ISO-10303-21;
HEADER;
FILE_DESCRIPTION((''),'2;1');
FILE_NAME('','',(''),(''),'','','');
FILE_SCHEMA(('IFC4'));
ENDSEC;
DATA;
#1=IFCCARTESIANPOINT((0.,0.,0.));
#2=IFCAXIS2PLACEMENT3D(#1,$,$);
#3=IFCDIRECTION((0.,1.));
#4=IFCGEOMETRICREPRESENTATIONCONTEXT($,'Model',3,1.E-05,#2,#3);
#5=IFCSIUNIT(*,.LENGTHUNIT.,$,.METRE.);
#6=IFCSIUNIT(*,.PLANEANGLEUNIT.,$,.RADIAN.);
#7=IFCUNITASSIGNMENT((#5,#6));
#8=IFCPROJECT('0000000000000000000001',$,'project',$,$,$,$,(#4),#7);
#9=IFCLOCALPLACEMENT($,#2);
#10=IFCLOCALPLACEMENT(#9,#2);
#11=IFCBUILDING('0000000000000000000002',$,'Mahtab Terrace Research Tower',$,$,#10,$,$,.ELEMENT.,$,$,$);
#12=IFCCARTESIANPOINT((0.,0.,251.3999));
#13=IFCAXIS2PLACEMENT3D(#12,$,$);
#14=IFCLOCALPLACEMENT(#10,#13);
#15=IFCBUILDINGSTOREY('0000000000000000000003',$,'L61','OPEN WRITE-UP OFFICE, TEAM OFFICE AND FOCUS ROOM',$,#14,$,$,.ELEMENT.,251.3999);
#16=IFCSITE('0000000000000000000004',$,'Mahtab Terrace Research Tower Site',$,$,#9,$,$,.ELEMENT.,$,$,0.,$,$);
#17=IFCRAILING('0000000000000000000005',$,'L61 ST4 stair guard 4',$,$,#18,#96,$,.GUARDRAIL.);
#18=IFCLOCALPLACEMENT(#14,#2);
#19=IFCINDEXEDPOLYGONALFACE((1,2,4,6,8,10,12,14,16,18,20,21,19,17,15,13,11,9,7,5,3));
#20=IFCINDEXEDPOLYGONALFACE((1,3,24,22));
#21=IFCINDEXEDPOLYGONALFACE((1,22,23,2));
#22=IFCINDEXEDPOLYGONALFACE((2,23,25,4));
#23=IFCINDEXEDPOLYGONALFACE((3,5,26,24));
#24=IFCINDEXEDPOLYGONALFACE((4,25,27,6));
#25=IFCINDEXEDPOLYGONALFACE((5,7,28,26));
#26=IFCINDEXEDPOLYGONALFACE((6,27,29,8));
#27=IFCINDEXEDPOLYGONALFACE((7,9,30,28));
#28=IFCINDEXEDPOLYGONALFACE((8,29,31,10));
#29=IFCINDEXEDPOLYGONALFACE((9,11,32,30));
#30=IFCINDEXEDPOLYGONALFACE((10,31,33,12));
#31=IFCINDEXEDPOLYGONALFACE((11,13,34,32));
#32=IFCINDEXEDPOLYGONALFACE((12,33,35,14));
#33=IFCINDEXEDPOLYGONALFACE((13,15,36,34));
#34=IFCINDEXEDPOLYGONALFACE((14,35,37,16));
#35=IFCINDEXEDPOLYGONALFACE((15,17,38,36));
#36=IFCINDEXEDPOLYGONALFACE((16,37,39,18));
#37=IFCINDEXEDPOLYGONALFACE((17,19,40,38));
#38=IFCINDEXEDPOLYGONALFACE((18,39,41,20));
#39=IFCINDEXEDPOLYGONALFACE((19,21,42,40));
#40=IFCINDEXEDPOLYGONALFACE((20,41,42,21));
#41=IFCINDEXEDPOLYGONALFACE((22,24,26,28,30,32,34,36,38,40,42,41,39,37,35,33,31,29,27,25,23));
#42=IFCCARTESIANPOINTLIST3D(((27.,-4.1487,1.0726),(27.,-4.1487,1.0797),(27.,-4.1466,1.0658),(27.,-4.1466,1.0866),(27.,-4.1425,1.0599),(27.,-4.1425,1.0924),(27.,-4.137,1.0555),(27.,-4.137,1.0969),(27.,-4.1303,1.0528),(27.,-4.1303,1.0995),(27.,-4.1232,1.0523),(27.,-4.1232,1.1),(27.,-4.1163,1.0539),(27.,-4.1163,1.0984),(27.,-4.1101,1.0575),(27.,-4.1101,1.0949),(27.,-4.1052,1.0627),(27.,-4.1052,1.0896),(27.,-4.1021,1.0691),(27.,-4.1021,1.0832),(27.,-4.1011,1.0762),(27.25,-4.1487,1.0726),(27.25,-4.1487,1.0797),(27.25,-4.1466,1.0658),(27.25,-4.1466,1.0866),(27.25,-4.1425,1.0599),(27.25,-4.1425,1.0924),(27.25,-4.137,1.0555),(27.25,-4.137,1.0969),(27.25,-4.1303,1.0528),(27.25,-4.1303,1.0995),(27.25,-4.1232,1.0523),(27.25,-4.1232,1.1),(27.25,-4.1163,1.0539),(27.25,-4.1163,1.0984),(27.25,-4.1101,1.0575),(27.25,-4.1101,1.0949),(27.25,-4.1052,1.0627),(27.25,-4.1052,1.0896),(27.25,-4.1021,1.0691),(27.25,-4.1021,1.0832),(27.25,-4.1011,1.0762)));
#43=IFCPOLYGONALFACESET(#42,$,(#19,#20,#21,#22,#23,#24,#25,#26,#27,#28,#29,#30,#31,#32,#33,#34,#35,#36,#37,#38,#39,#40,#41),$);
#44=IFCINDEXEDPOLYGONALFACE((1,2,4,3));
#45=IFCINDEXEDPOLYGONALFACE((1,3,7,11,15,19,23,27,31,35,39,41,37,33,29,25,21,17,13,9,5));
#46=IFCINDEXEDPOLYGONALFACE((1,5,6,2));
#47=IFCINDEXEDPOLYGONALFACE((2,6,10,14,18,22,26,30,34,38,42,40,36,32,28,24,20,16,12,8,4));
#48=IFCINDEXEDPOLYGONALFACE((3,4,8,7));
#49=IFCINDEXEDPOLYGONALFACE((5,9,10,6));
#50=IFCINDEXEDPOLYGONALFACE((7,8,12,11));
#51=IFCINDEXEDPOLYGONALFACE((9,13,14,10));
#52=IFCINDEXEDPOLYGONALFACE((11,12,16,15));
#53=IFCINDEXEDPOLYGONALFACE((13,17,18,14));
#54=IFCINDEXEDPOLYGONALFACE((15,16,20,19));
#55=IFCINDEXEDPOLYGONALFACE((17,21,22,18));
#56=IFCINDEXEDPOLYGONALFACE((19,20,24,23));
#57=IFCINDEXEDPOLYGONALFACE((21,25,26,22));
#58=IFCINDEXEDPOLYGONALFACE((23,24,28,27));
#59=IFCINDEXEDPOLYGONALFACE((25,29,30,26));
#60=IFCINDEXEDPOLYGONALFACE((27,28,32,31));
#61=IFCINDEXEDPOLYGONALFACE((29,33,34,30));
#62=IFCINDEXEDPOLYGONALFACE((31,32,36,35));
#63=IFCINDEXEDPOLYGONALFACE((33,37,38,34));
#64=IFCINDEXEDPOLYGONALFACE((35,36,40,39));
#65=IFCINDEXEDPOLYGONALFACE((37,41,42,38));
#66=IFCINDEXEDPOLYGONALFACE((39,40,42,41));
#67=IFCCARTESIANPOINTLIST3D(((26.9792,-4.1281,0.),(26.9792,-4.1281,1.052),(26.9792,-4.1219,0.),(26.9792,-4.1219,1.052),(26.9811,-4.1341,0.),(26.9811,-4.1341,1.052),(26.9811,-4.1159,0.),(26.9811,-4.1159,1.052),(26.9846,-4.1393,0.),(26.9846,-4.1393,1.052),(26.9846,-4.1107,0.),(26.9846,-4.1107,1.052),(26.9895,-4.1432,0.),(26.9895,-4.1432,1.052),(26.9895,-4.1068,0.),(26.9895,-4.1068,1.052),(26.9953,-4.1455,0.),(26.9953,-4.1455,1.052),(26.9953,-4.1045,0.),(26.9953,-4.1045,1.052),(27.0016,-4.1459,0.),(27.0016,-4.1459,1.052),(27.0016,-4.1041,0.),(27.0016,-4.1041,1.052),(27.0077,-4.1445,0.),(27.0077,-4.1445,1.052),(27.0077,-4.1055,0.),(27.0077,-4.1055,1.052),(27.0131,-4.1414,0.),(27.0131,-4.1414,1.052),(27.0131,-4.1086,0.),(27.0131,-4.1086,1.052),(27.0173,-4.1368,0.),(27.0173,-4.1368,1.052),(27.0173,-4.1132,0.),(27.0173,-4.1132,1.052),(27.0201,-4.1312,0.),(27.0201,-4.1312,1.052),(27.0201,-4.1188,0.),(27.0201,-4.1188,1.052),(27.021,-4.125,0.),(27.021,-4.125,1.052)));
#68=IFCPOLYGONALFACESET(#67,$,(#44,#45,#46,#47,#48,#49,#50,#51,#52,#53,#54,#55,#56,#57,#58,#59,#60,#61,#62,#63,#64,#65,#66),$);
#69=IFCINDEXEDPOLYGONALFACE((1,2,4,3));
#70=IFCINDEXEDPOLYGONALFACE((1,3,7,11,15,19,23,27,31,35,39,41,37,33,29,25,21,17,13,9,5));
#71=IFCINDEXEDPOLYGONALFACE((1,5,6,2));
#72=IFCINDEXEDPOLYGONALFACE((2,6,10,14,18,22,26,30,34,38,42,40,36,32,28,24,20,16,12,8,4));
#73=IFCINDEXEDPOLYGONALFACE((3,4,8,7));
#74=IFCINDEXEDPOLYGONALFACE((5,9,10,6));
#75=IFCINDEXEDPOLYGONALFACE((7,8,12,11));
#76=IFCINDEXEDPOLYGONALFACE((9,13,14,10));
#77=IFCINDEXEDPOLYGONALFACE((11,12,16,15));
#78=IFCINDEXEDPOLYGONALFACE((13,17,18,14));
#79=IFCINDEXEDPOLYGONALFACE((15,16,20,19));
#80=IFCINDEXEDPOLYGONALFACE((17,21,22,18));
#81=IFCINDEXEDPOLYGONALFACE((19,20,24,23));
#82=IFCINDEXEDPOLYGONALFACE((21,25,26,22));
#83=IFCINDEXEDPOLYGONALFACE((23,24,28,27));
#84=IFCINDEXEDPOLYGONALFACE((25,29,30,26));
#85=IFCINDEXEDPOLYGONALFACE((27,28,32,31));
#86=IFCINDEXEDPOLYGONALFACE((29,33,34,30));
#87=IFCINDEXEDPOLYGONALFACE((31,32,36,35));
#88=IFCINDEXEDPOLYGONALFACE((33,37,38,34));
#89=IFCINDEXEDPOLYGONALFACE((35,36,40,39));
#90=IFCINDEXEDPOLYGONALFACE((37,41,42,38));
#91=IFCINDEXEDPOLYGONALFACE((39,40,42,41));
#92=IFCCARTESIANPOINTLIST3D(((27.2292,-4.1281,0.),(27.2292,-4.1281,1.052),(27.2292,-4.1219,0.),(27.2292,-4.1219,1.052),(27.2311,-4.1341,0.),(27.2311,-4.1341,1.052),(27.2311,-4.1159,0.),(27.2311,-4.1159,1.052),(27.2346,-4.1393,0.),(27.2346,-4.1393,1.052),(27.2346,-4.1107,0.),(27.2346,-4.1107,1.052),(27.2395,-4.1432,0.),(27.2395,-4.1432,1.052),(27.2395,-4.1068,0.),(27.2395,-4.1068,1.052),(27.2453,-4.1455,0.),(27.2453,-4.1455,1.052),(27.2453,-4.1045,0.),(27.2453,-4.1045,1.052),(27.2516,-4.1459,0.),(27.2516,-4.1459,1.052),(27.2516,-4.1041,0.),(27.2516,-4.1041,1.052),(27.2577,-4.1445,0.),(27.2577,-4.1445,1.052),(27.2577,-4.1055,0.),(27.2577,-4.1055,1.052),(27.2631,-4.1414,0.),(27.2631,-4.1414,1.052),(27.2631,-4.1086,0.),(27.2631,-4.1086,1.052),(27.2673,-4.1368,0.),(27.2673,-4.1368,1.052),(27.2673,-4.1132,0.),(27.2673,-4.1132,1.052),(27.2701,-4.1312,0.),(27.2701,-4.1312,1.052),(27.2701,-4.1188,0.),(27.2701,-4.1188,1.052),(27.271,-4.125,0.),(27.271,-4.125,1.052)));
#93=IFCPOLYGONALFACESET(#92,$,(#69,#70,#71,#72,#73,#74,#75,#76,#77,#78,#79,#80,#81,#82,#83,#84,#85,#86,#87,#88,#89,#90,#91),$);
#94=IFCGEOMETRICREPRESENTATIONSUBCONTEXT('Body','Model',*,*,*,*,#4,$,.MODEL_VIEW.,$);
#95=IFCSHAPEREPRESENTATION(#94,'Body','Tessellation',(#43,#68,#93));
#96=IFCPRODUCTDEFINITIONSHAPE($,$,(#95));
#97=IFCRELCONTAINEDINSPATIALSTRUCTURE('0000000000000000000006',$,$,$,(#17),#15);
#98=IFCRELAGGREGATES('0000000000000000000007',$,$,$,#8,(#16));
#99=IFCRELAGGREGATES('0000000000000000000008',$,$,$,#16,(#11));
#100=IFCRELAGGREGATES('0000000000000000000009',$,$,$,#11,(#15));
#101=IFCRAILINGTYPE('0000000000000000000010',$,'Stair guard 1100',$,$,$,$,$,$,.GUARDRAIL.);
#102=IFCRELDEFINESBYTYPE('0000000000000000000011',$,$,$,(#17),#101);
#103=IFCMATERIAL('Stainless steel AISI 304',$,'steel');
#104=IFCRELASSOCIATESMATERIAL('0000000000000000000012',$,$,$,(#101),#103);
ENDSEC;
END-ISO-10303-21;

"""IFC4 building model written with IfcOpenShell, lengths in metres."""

from ifc_helpers import new_model, si_unit, direction, frame, origin, origin_2d, place, context, subcontext, project, spatial, circle, extrude, material, type_object, element, save


model = new_model("IFC4")

# Units and contexts
model_context = context("Model", 3, precision=1e-05, world=origin(), true_north=direction((0.0, 1.0)))
body_context = subcontext(model_context, "Body", "Model", "MODEL_VIEW")
ifc_project = project(units=[si_unit("LENGTHUNIT", "METRE"), si_unit("PLANEANGLEUNIT", "RADIAN")], contexts=[model_context])

# Site, building, storey
site_placement = place(None, origin())
site = spatial("IfcSite", under=ifc_project, at=site_placement, Name="Mahtab Terrace Research Tower Site", CompositionType="ELEMENT", RefElevation=0.0)
building_placement = place(site_placement, origin())
building = spatial("IfcBuilding", under=site, at=building_placement, Name="Mahtab Terrace Research Tower", CompositionType="ELEMENT")
storey_placement = place(building_placement, frame((0.0, 0.0, 251.3999)))
storey = spatial("IfcBuildingStorey", under=building, at=storey_placement, Name="L61", Description="OPEN WRITE-UP OFFICE, TEAM OFFICE AND FOCUS ROOM", CompositionType="ELEMENT", Elevation=251.3999)

# Shared definitions
ifc_material_1 = material(Name="Stainless steel AISI 304", Category="steel")

# Railing
railing_type_1 = type_object("IfcRailingType", Name="Stair guard 1100", PredefinedType="GUARDRAIL", material=ifc_material_1)
railing_1_placement = place(storey_placement, frame((27.0, -4.125, 0.0)))
element("IfcRailing", 1, at=railing_1_placement, inside=storey, type_object=railing_type_1, Name="L61 ST4 stair guard 4", PredefinedType="GUARDRAIL", context=body_context, shape_type="SweptSolid", body=[
    extrude(circle(Radius=0.0239, at=origin_2d()), frame((0.0, 0.0, 1.0762), z_axis=(1.0, 0.0, 0.0), x_axis=(0.0, 1.0, 0.0)), (0.0, 0.0, 1.0), 0.25),
    extrude(circle(Radius=0.021, at=origin_2d()), origin(), (0.0, 0.0, 1.0), 1.052),
    extrude(circle(Radius=0.021, at=origin_2d()), frame((0.25, 0.0, 0.0)), (0.0, 0.0, 1.0), 1.052),
])

save(model, "model.ifc")
